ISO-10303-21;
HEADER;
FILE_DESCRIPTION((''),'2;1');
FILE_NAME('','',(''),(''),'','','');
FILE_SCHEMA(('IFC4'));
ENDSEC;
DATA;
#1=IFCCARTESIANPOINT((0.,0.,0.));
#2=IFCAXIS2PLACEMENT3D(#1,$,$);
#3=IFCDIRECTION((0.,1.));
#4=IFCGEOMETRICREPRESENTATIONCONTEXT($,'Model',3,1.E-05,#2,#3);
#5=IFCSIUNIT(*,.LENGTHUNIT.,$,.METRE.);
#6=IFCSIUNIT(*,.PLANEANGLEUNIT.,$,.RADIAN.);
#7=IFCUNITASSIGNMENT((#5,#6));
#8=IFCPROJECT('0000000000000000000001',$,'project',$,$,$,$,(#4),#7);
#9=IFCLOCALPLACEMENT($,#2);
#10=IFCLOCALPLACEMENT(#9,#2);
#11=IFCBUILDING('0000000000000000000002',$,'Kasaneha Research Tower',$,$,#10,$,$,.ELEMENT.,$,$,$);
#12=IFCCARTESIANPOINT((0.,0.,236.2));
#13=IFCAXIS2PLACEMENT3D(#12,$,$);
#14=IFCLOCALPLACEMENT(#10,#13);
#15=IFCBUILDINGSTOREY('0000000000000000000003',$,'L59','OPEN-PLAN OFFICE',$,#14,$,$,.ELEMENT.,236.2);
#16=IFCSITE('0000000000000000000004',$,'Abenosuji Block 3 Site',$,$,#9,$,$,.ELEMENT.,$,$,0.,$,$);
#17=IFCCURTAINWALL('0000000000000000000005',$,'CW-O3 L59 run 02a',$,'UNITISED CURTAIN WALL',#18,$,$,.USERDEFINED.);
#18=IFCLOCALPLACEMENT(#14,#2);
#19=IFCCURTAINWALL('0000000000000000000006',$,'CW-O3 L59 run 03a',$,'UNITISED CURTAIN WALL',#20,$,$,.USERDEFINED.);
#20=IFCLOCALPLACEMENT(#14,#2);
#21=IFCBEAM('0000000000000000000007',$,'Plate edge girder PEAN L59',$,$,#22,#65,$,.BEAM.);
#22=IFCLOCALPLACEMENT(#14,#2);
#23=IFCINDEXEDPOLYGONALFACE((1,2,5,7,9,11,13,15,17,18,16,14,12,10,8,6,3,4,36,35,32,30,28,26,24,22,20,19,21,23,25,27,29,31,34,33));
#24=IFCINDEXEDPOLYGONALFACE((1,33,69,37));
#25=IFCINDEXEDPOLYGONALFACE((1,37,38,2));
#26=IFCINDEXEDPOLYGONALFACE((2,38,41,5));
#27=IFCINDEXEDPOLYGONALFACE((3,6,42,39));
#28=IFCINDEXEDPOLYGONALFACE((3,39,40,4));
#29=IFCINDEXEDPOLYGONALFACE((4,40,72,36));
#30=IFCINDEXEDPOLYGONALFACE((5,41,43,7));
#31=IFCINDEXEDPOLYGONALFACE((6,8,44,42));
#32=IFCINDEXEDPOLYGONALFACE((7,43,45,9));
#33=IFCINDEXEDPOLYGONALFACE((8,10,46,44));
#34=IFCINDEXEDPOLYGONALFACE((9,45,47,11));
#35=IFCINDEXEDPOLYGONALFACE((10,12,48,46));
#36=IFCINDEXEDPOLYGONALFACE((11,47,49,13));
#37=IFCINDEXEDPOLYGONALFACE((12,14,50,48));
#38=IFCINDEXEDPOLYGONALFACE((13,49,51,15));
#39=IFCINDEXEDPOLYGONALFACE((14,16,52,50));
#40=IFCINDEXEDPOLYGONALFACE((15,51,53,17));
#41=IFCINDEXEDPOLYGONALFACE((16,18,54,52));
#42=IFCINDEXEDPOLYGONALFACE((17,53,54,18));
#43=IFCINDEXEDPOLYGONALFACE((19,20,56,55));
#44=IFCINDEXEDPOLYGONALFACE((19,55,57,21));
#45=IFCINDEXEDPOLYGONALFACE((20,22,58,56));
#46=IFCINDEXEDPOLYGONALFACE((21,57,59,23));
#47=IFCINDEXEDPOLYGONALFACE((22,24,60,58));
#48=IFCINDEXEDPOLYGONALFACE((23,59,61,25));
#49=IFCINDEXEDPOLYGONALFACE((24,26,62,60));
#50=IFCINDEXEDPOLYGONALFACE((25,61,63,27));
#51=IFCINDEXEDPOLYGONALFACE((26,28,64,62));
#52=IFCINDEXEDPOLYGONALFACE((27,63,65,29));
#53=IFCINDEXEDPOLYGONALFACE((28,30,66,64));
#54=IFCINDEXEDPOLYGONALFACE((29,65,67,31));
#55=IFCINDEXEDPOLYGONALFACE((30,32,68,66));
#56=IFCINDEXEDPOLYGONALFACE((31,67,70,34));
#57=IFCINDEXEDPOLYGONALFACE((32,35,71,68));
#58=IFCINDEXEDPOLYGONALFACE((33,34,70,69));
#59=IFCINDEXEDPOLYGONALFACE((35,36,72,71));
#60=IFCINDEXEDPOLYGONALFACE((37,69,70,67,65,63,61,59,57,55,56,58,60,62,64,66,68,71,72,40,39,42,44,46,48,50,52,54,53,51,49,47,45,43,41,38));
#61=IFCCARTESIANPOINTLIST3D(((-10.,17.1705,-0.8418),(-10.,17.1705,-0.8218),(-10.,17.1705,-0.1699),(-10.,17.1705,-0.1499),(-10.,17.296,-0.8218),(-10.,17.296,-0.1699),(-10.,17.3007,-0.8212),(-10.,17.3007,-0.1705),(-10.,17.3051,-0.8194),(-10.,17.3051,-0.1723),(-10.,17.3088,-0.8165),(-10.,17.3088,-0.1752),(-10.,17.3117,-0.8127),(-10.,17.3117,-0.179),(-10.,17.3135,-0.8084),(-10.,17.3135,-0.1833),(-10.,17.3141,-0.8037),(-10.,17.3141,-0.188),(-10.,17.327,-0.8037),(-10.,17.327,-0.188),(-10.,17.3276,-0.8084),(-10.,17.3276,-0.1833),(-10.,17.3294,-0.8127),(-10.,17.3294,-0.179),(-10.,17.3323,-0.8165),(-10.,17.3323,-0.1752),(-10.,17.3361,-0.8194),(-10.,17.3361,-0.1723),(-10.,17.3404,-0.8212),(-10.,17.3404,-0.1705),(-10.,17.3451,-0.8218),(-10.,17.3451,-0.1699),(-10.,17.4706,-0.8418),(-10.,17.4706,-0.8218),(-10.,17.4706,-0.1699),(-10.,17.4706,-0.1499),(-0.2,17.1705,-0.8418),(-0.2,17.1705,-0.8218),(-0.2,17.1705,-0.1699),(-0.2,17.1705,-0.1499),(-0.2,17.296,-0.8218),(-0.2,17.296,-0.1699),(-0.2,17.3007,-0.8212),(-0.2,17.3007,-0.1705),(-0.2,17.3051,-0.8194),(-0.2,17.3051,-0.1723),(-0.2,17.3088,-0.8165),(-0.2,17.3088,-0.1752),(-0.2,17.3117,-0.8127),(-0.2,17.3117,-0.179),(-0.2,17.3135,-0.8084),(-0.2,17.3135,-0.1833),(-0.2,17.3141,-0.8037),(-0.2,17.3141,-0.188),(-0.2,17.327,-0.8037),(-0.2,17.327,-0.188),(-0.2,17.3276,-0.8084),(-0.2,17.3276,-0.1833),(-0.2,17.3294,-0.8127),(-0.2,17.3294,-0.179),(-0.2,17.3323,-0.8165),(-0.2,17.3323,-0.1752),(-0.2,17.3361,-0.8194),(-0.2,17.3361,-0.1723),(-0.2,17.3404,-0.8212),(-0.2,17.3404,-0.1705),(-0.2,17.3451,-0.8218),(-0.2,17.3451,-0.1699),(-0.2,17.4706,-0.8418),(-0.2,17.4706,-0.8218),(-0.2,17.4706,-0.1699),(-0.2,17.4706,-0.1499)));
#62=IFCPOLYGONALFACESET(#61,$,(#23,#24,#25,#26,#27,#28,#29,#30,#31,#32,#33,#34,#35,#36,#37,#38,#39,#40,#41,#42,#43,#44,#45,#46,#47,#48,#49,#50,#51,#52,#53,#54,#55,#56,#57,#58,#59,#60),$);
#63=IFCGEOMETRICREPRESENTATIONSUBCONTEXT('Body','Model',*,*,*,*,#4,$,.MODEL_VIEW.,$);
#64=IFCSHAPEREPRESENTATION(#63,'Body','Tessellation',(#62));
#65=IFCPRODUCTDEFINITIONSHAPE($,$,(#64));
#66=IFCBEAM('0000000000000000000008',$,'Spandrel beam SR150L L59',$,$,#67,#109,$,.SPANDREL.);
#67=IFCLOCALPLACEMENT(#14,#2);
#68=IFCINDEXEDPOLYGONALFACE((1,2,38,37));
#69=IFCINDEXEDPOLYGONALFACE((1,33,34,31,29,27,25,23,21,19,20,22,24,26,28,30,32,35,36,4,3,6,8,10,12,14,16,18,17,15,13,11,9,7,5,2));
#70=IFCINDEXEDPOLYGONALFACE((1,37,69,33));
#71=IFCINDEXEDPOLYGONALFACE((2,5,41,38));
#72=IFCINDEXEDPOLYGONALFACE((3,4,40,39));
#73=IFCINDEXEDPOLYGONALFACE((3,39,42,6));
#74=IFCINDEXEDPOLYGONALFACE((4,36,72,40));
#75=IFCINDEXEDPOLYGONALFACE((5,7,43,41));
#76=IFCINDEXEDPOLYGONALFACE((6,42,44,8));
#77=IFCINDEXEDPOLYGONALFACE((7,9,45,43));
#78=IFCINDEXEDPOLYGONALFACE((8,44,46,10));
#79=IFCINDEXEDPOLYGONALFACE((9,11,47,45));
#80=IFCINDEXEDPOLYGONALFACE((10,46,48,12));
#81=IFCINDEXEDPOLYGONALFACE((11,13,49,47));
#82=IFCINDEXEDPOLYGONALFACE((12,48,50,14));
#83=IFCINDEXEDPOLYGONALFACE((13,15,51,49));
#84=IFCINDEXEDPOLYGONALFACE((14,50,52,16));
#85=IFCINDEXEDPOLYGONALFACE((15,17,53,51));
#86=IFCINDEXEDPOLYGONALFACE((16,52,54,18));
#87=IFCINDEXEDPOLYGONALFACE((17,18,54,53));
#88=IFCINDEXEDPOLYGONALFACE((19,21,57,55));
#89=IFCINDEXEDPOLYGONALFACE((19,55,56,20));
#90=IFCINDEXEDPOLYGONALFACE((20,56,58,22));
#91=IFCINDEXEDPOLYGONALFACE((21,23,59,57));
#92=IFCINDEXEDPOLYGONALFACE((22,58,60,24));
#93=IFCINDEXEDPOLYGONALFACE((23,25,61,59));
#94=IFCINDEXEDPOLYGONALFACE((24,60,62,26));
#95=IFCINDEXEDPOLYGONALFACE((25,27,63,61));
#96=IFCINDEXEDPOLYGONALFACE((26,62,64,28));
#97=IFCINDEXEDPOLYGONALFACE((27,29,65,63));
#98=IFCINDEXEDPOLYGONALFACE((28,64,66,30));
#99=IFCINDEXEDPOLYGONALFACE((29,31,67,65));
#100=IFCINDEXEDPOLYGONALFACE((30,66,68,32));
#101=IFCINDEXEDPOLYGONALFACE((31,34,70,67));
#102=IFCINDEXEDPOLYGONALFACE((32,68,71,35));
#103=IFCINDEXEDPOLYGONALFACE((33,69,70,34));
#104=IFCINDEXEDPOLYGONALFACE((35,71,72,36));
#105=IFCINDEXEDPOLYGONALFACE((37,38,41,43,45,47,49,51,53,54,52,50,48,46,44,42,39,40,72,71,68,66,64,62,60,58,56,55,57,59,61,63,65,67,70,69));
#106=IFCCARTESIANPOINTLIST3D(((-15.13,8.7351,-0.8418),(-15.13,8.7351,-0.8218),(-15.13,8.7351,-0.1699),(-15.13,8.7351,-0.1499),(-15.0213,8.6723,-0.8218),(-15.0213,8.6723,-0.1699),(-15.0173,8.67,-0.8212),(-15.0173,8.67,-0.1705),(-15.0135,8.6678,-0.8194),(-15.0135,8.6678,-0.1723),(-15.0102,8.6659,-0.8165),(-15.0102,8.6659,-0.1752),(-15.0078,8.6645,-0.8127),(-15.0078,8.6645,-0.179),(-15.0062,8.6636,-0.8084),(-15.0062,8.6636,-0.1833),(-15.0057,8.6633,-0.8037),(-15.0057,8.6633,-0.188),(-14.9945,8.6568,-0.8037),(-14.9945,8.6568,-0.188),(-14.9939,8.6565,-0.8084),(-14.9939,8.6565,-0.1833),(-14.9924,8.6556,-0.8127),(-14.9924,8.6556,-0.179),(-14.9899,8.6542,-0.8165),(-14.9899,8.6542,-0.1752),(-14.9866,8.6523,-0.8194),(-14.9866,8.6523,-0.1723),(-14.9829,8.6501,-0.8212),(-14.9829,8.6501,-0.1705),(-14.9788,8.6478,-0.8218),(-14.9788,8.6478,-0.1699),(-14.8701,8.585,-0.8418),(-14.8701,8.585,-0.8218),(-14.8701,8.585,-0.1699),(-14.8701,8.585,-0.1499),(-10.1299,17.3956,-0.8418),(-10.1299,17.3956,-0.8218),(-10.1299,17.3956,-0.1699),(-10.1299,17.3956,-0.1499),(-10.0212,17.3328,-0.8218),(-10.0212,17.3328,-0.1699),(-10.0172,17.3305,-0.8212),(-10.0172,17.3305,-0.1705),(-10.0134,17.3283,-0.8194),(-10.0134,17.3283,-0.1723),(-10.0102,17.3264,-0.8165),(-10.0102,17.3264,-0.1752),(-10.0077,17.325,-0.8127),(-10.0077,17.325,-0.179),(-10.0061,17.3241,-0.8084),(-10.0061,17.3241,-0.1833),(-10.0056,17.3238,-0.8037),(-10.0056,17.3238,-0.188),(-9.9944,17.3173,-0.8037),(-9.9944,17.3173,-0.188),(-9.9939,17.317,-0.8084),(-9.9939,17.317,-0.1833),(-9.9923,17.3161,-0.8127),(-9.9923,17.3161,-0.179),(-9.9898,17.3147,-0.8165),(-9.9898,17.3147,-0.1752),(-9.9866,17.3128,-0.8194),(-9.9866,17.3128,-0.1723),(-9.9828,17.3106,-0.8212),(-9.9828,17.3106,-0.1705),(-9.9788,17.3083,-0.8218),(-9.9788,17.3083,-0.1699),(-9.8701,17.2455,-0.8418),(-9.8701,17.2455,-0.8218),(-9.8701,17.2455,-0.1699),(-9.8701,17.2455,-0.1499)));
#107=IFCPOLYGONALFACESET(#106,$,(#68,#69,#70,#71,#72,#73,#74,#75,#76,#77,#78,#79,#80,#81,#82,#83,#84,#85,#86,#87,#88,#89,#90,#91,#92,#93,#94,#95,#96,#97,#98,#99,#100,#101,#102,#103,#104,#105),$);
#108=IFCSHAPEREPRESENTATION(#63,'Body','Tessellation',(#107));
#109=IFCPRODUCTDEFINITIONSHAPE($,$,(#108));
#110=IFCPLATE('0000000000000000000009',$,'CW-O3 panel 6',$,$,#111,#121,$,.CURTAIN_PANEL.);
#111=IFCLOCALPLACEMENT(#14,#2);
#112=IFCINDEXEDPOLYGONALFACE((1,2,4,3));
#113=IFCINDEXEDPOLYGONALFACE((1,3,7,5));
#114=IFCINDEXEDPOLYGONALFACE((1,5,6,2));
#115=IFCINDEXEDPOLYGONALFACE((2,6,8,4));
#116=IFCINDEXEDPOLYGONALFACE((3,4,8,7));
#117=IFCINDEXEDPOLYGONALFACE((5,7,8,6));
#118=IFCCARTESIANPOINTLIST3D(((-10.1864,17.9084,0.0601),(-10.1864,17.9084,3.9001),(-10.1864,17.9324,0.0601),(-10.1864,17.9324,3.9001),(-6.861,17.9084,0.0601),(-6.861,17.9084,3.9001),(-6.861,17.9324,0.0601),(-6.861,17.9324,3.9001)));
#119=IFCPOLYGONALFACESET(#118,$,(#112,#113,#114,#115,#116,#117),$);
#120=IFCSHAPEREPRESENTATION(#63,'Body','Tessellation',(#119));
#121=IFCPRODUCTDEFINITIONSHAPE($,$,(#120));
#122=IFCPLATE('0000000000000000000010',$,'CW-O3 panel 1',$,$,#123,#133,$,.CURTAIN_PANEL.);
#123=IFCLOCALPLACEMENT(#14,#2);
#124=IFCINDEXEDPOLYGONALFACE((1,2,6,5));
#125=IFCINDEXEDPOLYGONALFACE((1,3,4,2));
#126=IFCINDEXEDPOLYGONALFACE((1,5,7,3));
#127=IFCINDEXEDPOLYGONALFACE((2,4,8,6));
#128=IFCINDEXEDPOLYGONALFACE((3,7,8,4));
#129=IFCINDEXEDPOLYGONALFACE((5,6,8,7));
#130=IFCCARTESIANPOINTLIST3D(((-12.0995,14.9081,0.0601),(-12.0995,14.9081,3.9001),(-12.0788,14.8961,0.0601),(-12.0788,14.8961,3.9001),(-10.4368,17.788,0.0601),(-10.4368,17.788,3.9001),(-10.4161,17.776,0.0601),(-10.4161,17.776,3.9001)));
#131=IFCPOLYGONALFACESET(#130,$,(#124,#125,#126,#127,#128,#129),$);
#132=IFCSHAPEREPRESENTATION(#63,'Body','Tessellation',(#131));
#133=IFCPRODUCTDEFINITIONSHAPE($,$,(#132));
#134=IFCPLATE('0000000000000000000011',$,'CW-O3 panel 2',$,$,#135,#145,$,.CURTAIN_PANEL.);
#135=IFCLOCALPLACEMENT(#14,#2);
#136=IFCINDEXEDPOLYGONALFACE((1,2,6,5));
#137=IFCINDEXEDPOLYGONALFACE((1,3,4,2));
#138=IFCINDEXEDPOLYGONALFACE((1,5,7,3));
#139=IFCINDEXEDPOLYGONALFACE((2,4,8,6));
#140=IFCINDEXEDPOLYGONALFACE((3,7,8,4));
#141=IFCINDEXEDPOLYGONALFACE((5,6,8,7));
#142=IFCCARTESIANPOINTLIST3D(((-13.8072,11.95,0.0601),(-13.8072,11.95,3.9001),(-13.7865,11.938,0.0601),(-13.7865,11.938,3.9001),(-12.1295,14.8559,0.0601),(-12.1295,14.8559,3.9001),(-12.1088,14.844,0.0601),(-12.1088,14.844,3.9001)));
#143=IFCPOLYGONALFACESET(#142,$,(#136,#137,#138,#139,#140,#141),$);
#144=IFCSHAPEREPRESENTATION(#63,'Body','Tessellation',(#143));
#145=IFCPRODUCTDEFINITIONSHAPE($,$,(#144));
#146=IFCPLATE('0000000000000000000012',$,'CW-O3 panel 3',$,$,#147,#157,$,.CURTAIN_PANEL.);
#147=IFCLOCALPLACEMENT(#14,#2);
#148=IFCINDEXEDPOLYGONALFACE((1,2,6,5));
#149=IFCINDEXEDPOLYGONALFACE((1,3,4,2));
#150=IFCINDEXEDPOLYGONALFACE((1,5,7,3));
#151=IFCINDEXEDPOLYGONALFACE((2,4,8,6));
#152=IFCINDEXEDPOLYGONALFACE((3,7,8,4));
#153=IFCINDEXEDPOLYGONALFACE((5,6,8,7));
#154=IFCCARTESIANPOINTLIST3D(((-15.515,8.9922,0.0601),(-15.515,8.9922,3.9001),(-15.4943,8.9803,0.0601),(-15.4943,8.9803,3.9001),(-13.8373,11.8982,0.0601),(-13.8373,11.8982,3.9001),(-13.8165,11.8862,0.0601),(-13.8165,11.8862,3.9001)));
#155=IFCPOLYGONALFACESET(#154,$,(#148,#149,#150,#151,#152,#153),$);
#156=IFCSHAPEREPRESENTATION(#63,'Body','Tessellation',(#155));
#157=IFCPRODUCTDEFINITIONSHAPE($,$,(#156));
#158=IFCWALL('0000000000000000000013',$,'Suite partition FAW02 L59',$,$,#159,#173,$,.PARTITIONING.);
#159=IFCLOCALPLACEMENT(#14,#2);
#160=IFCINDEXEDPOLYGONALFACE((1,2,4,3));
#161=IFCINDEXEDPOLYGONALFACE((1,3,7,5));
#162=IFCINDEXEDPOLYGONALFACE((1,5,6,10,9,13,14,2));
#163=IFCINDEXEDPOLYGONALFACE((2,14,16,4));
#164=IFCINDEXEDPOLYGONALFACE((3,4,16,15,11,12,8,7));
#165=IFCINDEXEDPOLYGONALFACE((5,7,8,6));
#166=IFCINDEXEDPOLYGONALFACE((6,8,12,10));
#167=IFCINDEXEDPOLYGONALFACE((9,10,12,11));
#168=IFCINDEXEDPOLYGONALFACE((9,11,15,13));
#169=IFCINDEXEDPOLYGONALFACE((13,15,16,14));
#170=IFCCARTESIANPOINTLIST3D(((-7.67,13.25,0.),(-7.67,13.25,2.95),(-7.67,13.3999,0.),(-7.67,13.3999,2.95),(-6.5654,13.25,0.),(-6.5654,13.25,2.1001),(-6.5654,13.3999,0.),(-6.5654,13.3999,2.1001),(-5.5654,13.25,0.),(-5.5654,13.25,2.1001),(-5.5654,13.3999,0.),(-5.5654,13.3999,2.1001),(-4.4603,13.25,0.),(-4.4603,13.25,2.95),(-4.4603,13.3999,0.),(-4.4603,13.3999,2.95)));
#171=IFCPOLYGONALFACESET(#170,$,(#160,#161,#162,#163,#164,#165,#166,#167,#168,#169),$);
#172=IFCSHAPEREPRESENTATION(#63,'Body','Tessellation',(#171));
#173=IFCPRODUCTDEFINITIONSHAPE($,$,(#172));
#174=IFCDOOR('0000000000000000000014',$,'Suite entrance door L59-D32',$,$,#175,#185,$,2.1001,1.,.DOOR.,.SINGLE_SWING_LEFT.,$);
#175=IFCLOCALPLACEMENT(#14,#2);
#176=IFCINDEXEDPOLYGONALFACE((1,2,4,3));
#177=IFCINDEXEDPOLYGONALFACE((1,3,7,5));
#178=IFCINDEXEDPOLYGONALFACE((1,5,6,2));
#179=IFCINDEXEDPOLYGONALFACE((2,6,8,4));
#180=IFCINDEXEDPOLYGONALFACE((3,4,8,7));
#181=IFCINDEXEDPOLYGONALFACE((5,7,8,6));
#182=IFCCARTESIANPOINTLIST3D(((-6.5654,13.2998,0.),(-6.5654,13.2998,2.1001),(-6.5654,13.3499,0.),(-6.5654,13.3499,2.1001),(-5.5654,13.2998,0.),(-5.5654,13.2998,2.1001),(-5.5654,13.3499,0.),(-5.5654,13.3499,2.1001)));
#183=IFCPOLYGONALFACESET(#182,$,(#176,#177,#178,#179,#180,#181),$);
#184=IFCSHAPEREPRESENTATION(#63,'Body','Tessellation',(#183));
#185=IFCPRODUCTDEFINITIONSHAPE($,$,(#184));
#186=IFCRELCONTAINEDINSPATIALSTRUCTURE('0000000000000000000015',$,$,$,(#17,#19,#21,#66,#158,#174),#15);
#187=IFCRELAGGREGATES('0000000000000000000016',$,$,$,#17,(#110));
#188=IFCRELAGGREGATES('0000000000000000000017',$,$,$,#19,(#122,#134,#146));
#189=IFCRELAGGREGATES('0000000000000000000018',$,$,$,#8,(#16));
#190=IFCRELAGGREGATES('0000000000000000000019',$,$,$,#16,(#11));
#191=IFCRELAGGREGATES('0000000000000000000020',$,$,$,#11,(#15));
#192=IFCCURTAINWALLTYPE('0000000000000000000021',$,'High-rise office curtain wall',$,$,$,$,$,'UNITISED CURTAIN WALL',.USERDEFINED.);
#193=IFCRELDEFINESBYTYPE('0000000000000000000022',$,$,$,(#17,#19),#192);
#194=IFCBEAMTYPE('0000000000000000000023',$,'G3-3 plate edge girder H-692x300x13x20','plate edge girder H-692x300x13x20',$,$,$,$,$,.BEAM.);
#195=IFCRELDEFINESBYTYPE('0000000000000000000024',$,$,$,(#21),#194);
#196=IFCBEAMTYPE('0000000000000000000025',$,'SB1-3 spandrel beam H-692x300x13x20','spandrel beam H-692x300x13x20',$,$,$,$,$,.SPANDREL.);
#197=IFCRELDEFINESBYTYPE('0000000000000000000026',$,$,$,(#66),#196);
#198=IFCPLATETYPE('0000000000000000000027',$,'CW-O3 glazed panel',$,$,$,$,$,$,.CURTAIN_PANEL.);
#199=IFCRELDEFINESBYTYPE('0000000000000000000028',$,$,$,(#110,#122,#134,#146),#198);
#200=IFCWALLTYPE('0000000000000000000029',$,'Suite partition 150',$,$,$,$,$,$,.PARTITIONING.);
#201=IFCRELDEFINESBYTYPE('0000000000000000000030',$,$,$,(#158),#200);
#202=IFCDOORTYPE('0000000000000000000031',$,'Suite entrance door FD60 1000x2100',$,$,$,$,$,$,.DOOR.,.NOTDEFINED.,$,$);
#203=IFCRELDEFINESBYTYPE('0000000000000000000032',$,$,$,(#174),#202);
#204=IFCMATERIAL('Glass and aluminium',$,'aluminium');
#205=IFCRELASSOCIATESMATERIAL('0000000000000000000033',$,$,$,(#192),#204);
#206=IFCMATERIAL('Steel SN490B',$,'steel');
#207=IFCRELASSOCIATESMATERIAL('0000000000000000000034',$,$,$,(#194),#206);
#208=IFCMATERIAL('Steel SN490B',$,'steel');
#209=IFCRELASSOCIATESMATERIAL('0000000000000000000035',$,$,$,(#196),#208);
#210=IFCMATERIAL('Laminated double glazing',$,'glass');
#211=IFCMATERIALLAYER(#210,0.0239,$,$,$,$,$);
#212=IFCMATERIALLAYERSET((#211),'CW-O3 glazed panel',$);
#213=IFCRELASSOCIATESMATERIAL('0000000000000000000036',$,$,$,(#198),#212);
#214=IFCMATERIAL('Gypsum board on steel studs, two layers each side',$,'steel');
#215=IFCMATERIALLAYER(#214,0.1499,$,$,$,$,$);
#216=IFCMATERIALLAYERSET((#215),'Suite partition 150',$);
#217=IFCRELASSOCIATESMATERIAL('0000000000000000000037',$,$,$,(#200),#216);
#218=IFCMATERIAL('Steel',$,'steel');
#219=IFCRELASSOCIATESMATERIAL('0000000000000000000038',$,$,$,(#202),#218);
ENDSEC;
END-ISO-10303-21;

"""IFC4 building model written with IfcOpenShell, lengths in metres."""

from ifc_helpers import new_model, si_unit, direction, frame, frame_2d, origin, origin_2d, place, context, subcontext, project, spatial, rectangle, i_section, extrude, material, layer, layer_set, material_profile, profile_set, type_object, element, fill, aggregate, save


model = new_model("IFC4")

# Units and contexts
model_context = context("Model", 3, precision=1e-05, world=origin(), true_north=direction((0.0, 1.0)))
body_context = subcontext(model_context, "Body", "Model", "MODEL_VIEW")
ifc_project = project(units=[si_unit("LENGTHUNIT", "METRE"), si_unit("PLANEANGLEUNIT", "RADIAN")], contexts=[model_context])

# Site, building, storey
site_placement = place(None, origin())
site = spatial("IfcSite", under=ifc_project, at=site_placement, Name="Abenosuji Block 3 Site", CompositionType="ELEMENT", RefElevation=0.0)
building_placement = place(site_placement, origin())
building = spatial("IfcBuilding", under=site, at=building_placement, Name="Kasaneha Research Tower", CompositionType="ELEMENT")
storey_placement = place(building_placement, frame((0.0, 0.0, 236.2)))
storey = spatial("IfcBuildingStorey", under=building, at=storey_placement, Name="L59", Description="OPEN-PLAN OFFICE", CompositionType="ELEMENT", Elevation=236.2)

# Curtain walls
ifc_material_1 = material(Name="Glass and aluminium", Category="aluminium")
curtain_wall_type = type_object("IfcCurtainWallType", Name="High-rise office curtain wall", ElementType="UNITISED CURTAIN WALL", PredefinedType="USERDEFINED", material=ifc_material_1)
curtain_wall_1_placement = place(storey_placement, origin())
curtain_wall_1 = element("IfcCurtainWall", 1, at=curtain_wall_1_placement, inside=storey, type_object=curtain_wall_type, Name="CW-O3 L59 run 02a", ObjectType="UNITISED CURTAIN WALL", PredefinedType="USERDEFINED")
curtain_wall_2_placement = place(storey_placement, origin())
curtain_wall_2 = element("IfcCurtainWall", 2, at=curtain_wall_2_placement, inside=storey, type_object=curtain_wall_type, Name="CW-O3 L59 run 03a", ObjectType="UNITISED CURTAIN WALL", PredefinedType="USERDEFINED")

# Beams
ifc_material_2 = material(Name="Steel SN490B", Category="steel")
ifc_material_profile_1 = material_profile(ifc_material_2, i_section(OverallWidth=0.3, OverallDepth=0.6919, WebThickness=0.0129, FlangeThickness=0.02, FilletRadius=0.0181, at=origin_2d()), Name="H-692x300x13x20")
ifc_profile_set_1 = profile_set([ifc_material_profile_1], Name="Steel SN490B")
beam_type_1 = type_object("IfcBeamType", Name="G3-3 plate edge girder H-692x300x13x20", Description="plate edge girder H-692x300x13x20", PredefinedType="BEAM", material=ifc_profile_set_1)
beam_1_placement = place(storey_placement, frame((-10.0, 17.3206, -0.4958), z_axis=(1.0, 0.0, 0.0), x_axis=(0.0, 1.0, 0.0)))
element("IfcBeam", 3, at=beam_1_placement, inside=storey, type_object=beam_type_1, Name="Plate edge girder PEAN L59", PredefinedType="BEAM", context=body_context, shape_type="SweptSolid", body=[
    extrude(i_section(OverallWidth=0.3, OverallDepth=0.6919, WebThickness=0.0129, FlangeThickness=0.02, FilletRadius=0.0181, at=origin_2d()), origin(), (0.0, 0.0, 1.0), 9.8),
])
ifc_material_3 = material(Name="Steel SN490B", Category="steel")
ifc_material_profile_2 = material_profile(ifc_material_3, i_section(OverallWidth=0.3, OverallDepth=0.6919, WebThickness=0.0129, FlangeThickness=0.02, FilletRadius=0.0181, at=origin_2d()), Name="H-692x300x13x20")
ifc_profile_set_2 = profile_set([ifc_material_profile_2], Name="Steel SN490B")
beam_type_2 = type_object("IfcBeamType", Name="SB1-3 spandrel beam H-692x300x13x20", Description="spandrel beam H-692x300x13x20", PredefinedType="SPANDREL", material=ifc_profile_set_2)
beam_2_placement = place(storey_placement, frame((-10.0, 17.3206, -0.4958), z_axis=(-0.499994, -0.866029, 0.0), x_axis=(0.866029, -0.499994, 0.0)))
element("IfcBeam", 4, at=beam_2_placement, inside=storey, type_object=beam_type_2, Name="Spandrel beam SR150L L59", PredefinedType="SPANDREL", context=body_context, shape_type="SweptSolid", body=[
    extrude(i_section(OverallWidth=0.3, OverallDepth=0.6919, WebThickness=0.0129, FlangeThickness=0.02, FilletRadius=0.0181, at=origin_2d()), origin(), (0.0, 0.0, 1.0), 10.0002),
])

# Plates
ifc_material_4 = material(Name="Laminated double glazing", Category="glass")
ifc_layer_1 = layer(ifc_material_4, 0.0239)
ifc_layer_set_1 = layer_set([ifc_layer_1], Name="CW-O3 glazed panel")
plate_type = type_object("IfcPlateType", Name="CW-O3 glazed panel", PredefinedType="CURTAIN_PANEL", material=ifc_layer_set_1)
plate_1_placement = place(storey_placement, frame((-8.5237, 17.9204, 0.0601), z_axis=(0.0, 0.0, 1.0), x_axis=(-1.0, 0.0, 0.0)))
plate_1 = element("IfcPlate", 5, at=plate_1_placement, type_object=plate_type, Name="CW-O3 panel 6", PredefinedType="CURTAIN_PANEL", context=body_context, shape_type="SweptSolid", body=[
    extrude(rectangle(XDim=3.3254, YDim=0.0239, at=origin_2d()), origin(), (0.0, 0.0, 1.0), 3.8401),
])
aggregate(curtain_wall_1, [plate_1])
plate_2_placement = place(storey_placement, frame((-11.2578, 16.342, 0.0601), z_axis=(0.0, 0.0, 1.0), x_axis=(-0.5, -0.866025, 0.0)))
plate_2 = element("IfcPlate", 6, at=plate_2_placement, type_object=plate_type, Name="CW-O3 panel 1", PredefinedType="CURTAIN_PANEL", context=body_context, shape_type="SweptSolid", body=[
    extrude(rectangle(XDim=3.3254, YDim=0.0239, at=origin_2d()), origin(), (0.0, 0.0, 1.0), 3.8401),
])
plate_3_placement = place(storey_placement, frame((-12.958, 13.397, 0.0601), z_axis=(0.0, 0.0, 1.0), x_axis=(-0.5, -0.866025, 0.0)))
plate_3 = element("IfcPlate", 7, at=plate_3_placement, type_object=plate_type, Name="CW-O3 panel 2", PredefinedType="CURTAIN_PANEL", context=body_context, shape_type="SweptSolid", body=[
    extrude(rectangle(XDim=3.3555, YDim=0.0239, at=origin_2d()), origin(), (0.0, 0.0, 1.0), 3.8401),
])
plate_4_placement = place(storey_placement, frame((-14.6658, 10.4392, 0.0601), z_axis=(0.0, 0.0, 1.0), x_axis=(-0.5, -0.866025, 0.0)))
plate_4 = element("IfcPlate", 8, at=plate_4_placement, type_object=plate_type, Name="CW-O3 panel 3", PredefinedType="CURTAIN_PANEL", context=body_context, shape_type="SweptSolid", body=[
    extrude(rectangle(XDim=3.3555, YDim=0.0239, at=origin_2d()), origin(), (0.0, 0.0, 1.0), 3.8401),
])
aggregate(curtain_wall_2, [plate_2, plate_3, plate_4])

# Wall, opening, door
ifc_material_5 = material(Name="Gypsum board on steel studs, two layers each side", Category="steel")
ifc_layer_2 = layer(ifc_material_5, 0.1499)
ifc_layer_set_2 = layer_set([ifc_layer_2], Name="Suite partition 150")
wall_type = type_object("IfcWallType", Name="Suite partition 150", PredefinedType="PARTITIONING", material=ifc_layer_set_2)
wall_placement = place(storey_placement, frame((-7.6702, 13.325, 0.0), z_axis=(0.0, 0.0, 1.0), x_axis=(1.0, 0.0, 0.0)))
wall = element("IfcWall", 9, at=wall_placement, inside=storey, type_object=wall_type, Name="Suite partition FAW02 L59", PredefinedType="PARTITIONING", context=body_context, shape_type="SweptSolid", body=[
    extrude(rectangle(XDim=3.2097, YDim=0.1499, at=frame_2d((1.605, 0.0))), origin(), (0.0, 0.0, 1.0), 2.95),
])
opening_placement = place(wall_placement, frame((1.1047, 0.0, 0.0)))
opening = element("IfcOpeningElement", 10, at=opening_placement, cuts=wall, PredefinedType="OPENING", context=body_context, shape_type="SweptSolid", body=[
    extrude(rectangle(XDim=1.0, YDim=2.1001, at=frame_2d((0.5, 1.05))), frame((0.0, 0.085, 0.0), z_axis=(0.0, -1.0, 0.0), x_axis=(1.0, 0.0, 0.0)), (0.0, 0.0, 1.0), 0.1699),
])
ifc_material_6 = material(Name="Steel", Category="steel")
door_type = type_object("IfcDoorType", Name="Suite entrance door FD60 1000x2100", OperationType="NOTDEFINED", PredefinedType="DOOR", material=ifc_material_6)
door_placement = place(opening_placement, origin())
door = element("IfcDoor", 11, at=door_placement, inside=storey, type_object=door_type, Name="Suite entrance door L59-D32", OperationType="SINGLE_SWING_LEFT", OverallHeight=2.1001, OverallWidth=1.0, PredefinedType="DOOR", context=body_context, shape_type="SweptSolid", body=[
    extrude(rectangle(XDim=1.0, YDim=2.1001, at=frame_2d((0.5, 1.05))), frame((0.0, 0.0249, 0.0), z_axis=(0.0, -1.0, 0.0), x_axis=(1.0, 0.0, 0.0)), (0.0, 0.0, 1.0), 0.05),
])
fill(opening, door)

save(model, "model.ifc")
